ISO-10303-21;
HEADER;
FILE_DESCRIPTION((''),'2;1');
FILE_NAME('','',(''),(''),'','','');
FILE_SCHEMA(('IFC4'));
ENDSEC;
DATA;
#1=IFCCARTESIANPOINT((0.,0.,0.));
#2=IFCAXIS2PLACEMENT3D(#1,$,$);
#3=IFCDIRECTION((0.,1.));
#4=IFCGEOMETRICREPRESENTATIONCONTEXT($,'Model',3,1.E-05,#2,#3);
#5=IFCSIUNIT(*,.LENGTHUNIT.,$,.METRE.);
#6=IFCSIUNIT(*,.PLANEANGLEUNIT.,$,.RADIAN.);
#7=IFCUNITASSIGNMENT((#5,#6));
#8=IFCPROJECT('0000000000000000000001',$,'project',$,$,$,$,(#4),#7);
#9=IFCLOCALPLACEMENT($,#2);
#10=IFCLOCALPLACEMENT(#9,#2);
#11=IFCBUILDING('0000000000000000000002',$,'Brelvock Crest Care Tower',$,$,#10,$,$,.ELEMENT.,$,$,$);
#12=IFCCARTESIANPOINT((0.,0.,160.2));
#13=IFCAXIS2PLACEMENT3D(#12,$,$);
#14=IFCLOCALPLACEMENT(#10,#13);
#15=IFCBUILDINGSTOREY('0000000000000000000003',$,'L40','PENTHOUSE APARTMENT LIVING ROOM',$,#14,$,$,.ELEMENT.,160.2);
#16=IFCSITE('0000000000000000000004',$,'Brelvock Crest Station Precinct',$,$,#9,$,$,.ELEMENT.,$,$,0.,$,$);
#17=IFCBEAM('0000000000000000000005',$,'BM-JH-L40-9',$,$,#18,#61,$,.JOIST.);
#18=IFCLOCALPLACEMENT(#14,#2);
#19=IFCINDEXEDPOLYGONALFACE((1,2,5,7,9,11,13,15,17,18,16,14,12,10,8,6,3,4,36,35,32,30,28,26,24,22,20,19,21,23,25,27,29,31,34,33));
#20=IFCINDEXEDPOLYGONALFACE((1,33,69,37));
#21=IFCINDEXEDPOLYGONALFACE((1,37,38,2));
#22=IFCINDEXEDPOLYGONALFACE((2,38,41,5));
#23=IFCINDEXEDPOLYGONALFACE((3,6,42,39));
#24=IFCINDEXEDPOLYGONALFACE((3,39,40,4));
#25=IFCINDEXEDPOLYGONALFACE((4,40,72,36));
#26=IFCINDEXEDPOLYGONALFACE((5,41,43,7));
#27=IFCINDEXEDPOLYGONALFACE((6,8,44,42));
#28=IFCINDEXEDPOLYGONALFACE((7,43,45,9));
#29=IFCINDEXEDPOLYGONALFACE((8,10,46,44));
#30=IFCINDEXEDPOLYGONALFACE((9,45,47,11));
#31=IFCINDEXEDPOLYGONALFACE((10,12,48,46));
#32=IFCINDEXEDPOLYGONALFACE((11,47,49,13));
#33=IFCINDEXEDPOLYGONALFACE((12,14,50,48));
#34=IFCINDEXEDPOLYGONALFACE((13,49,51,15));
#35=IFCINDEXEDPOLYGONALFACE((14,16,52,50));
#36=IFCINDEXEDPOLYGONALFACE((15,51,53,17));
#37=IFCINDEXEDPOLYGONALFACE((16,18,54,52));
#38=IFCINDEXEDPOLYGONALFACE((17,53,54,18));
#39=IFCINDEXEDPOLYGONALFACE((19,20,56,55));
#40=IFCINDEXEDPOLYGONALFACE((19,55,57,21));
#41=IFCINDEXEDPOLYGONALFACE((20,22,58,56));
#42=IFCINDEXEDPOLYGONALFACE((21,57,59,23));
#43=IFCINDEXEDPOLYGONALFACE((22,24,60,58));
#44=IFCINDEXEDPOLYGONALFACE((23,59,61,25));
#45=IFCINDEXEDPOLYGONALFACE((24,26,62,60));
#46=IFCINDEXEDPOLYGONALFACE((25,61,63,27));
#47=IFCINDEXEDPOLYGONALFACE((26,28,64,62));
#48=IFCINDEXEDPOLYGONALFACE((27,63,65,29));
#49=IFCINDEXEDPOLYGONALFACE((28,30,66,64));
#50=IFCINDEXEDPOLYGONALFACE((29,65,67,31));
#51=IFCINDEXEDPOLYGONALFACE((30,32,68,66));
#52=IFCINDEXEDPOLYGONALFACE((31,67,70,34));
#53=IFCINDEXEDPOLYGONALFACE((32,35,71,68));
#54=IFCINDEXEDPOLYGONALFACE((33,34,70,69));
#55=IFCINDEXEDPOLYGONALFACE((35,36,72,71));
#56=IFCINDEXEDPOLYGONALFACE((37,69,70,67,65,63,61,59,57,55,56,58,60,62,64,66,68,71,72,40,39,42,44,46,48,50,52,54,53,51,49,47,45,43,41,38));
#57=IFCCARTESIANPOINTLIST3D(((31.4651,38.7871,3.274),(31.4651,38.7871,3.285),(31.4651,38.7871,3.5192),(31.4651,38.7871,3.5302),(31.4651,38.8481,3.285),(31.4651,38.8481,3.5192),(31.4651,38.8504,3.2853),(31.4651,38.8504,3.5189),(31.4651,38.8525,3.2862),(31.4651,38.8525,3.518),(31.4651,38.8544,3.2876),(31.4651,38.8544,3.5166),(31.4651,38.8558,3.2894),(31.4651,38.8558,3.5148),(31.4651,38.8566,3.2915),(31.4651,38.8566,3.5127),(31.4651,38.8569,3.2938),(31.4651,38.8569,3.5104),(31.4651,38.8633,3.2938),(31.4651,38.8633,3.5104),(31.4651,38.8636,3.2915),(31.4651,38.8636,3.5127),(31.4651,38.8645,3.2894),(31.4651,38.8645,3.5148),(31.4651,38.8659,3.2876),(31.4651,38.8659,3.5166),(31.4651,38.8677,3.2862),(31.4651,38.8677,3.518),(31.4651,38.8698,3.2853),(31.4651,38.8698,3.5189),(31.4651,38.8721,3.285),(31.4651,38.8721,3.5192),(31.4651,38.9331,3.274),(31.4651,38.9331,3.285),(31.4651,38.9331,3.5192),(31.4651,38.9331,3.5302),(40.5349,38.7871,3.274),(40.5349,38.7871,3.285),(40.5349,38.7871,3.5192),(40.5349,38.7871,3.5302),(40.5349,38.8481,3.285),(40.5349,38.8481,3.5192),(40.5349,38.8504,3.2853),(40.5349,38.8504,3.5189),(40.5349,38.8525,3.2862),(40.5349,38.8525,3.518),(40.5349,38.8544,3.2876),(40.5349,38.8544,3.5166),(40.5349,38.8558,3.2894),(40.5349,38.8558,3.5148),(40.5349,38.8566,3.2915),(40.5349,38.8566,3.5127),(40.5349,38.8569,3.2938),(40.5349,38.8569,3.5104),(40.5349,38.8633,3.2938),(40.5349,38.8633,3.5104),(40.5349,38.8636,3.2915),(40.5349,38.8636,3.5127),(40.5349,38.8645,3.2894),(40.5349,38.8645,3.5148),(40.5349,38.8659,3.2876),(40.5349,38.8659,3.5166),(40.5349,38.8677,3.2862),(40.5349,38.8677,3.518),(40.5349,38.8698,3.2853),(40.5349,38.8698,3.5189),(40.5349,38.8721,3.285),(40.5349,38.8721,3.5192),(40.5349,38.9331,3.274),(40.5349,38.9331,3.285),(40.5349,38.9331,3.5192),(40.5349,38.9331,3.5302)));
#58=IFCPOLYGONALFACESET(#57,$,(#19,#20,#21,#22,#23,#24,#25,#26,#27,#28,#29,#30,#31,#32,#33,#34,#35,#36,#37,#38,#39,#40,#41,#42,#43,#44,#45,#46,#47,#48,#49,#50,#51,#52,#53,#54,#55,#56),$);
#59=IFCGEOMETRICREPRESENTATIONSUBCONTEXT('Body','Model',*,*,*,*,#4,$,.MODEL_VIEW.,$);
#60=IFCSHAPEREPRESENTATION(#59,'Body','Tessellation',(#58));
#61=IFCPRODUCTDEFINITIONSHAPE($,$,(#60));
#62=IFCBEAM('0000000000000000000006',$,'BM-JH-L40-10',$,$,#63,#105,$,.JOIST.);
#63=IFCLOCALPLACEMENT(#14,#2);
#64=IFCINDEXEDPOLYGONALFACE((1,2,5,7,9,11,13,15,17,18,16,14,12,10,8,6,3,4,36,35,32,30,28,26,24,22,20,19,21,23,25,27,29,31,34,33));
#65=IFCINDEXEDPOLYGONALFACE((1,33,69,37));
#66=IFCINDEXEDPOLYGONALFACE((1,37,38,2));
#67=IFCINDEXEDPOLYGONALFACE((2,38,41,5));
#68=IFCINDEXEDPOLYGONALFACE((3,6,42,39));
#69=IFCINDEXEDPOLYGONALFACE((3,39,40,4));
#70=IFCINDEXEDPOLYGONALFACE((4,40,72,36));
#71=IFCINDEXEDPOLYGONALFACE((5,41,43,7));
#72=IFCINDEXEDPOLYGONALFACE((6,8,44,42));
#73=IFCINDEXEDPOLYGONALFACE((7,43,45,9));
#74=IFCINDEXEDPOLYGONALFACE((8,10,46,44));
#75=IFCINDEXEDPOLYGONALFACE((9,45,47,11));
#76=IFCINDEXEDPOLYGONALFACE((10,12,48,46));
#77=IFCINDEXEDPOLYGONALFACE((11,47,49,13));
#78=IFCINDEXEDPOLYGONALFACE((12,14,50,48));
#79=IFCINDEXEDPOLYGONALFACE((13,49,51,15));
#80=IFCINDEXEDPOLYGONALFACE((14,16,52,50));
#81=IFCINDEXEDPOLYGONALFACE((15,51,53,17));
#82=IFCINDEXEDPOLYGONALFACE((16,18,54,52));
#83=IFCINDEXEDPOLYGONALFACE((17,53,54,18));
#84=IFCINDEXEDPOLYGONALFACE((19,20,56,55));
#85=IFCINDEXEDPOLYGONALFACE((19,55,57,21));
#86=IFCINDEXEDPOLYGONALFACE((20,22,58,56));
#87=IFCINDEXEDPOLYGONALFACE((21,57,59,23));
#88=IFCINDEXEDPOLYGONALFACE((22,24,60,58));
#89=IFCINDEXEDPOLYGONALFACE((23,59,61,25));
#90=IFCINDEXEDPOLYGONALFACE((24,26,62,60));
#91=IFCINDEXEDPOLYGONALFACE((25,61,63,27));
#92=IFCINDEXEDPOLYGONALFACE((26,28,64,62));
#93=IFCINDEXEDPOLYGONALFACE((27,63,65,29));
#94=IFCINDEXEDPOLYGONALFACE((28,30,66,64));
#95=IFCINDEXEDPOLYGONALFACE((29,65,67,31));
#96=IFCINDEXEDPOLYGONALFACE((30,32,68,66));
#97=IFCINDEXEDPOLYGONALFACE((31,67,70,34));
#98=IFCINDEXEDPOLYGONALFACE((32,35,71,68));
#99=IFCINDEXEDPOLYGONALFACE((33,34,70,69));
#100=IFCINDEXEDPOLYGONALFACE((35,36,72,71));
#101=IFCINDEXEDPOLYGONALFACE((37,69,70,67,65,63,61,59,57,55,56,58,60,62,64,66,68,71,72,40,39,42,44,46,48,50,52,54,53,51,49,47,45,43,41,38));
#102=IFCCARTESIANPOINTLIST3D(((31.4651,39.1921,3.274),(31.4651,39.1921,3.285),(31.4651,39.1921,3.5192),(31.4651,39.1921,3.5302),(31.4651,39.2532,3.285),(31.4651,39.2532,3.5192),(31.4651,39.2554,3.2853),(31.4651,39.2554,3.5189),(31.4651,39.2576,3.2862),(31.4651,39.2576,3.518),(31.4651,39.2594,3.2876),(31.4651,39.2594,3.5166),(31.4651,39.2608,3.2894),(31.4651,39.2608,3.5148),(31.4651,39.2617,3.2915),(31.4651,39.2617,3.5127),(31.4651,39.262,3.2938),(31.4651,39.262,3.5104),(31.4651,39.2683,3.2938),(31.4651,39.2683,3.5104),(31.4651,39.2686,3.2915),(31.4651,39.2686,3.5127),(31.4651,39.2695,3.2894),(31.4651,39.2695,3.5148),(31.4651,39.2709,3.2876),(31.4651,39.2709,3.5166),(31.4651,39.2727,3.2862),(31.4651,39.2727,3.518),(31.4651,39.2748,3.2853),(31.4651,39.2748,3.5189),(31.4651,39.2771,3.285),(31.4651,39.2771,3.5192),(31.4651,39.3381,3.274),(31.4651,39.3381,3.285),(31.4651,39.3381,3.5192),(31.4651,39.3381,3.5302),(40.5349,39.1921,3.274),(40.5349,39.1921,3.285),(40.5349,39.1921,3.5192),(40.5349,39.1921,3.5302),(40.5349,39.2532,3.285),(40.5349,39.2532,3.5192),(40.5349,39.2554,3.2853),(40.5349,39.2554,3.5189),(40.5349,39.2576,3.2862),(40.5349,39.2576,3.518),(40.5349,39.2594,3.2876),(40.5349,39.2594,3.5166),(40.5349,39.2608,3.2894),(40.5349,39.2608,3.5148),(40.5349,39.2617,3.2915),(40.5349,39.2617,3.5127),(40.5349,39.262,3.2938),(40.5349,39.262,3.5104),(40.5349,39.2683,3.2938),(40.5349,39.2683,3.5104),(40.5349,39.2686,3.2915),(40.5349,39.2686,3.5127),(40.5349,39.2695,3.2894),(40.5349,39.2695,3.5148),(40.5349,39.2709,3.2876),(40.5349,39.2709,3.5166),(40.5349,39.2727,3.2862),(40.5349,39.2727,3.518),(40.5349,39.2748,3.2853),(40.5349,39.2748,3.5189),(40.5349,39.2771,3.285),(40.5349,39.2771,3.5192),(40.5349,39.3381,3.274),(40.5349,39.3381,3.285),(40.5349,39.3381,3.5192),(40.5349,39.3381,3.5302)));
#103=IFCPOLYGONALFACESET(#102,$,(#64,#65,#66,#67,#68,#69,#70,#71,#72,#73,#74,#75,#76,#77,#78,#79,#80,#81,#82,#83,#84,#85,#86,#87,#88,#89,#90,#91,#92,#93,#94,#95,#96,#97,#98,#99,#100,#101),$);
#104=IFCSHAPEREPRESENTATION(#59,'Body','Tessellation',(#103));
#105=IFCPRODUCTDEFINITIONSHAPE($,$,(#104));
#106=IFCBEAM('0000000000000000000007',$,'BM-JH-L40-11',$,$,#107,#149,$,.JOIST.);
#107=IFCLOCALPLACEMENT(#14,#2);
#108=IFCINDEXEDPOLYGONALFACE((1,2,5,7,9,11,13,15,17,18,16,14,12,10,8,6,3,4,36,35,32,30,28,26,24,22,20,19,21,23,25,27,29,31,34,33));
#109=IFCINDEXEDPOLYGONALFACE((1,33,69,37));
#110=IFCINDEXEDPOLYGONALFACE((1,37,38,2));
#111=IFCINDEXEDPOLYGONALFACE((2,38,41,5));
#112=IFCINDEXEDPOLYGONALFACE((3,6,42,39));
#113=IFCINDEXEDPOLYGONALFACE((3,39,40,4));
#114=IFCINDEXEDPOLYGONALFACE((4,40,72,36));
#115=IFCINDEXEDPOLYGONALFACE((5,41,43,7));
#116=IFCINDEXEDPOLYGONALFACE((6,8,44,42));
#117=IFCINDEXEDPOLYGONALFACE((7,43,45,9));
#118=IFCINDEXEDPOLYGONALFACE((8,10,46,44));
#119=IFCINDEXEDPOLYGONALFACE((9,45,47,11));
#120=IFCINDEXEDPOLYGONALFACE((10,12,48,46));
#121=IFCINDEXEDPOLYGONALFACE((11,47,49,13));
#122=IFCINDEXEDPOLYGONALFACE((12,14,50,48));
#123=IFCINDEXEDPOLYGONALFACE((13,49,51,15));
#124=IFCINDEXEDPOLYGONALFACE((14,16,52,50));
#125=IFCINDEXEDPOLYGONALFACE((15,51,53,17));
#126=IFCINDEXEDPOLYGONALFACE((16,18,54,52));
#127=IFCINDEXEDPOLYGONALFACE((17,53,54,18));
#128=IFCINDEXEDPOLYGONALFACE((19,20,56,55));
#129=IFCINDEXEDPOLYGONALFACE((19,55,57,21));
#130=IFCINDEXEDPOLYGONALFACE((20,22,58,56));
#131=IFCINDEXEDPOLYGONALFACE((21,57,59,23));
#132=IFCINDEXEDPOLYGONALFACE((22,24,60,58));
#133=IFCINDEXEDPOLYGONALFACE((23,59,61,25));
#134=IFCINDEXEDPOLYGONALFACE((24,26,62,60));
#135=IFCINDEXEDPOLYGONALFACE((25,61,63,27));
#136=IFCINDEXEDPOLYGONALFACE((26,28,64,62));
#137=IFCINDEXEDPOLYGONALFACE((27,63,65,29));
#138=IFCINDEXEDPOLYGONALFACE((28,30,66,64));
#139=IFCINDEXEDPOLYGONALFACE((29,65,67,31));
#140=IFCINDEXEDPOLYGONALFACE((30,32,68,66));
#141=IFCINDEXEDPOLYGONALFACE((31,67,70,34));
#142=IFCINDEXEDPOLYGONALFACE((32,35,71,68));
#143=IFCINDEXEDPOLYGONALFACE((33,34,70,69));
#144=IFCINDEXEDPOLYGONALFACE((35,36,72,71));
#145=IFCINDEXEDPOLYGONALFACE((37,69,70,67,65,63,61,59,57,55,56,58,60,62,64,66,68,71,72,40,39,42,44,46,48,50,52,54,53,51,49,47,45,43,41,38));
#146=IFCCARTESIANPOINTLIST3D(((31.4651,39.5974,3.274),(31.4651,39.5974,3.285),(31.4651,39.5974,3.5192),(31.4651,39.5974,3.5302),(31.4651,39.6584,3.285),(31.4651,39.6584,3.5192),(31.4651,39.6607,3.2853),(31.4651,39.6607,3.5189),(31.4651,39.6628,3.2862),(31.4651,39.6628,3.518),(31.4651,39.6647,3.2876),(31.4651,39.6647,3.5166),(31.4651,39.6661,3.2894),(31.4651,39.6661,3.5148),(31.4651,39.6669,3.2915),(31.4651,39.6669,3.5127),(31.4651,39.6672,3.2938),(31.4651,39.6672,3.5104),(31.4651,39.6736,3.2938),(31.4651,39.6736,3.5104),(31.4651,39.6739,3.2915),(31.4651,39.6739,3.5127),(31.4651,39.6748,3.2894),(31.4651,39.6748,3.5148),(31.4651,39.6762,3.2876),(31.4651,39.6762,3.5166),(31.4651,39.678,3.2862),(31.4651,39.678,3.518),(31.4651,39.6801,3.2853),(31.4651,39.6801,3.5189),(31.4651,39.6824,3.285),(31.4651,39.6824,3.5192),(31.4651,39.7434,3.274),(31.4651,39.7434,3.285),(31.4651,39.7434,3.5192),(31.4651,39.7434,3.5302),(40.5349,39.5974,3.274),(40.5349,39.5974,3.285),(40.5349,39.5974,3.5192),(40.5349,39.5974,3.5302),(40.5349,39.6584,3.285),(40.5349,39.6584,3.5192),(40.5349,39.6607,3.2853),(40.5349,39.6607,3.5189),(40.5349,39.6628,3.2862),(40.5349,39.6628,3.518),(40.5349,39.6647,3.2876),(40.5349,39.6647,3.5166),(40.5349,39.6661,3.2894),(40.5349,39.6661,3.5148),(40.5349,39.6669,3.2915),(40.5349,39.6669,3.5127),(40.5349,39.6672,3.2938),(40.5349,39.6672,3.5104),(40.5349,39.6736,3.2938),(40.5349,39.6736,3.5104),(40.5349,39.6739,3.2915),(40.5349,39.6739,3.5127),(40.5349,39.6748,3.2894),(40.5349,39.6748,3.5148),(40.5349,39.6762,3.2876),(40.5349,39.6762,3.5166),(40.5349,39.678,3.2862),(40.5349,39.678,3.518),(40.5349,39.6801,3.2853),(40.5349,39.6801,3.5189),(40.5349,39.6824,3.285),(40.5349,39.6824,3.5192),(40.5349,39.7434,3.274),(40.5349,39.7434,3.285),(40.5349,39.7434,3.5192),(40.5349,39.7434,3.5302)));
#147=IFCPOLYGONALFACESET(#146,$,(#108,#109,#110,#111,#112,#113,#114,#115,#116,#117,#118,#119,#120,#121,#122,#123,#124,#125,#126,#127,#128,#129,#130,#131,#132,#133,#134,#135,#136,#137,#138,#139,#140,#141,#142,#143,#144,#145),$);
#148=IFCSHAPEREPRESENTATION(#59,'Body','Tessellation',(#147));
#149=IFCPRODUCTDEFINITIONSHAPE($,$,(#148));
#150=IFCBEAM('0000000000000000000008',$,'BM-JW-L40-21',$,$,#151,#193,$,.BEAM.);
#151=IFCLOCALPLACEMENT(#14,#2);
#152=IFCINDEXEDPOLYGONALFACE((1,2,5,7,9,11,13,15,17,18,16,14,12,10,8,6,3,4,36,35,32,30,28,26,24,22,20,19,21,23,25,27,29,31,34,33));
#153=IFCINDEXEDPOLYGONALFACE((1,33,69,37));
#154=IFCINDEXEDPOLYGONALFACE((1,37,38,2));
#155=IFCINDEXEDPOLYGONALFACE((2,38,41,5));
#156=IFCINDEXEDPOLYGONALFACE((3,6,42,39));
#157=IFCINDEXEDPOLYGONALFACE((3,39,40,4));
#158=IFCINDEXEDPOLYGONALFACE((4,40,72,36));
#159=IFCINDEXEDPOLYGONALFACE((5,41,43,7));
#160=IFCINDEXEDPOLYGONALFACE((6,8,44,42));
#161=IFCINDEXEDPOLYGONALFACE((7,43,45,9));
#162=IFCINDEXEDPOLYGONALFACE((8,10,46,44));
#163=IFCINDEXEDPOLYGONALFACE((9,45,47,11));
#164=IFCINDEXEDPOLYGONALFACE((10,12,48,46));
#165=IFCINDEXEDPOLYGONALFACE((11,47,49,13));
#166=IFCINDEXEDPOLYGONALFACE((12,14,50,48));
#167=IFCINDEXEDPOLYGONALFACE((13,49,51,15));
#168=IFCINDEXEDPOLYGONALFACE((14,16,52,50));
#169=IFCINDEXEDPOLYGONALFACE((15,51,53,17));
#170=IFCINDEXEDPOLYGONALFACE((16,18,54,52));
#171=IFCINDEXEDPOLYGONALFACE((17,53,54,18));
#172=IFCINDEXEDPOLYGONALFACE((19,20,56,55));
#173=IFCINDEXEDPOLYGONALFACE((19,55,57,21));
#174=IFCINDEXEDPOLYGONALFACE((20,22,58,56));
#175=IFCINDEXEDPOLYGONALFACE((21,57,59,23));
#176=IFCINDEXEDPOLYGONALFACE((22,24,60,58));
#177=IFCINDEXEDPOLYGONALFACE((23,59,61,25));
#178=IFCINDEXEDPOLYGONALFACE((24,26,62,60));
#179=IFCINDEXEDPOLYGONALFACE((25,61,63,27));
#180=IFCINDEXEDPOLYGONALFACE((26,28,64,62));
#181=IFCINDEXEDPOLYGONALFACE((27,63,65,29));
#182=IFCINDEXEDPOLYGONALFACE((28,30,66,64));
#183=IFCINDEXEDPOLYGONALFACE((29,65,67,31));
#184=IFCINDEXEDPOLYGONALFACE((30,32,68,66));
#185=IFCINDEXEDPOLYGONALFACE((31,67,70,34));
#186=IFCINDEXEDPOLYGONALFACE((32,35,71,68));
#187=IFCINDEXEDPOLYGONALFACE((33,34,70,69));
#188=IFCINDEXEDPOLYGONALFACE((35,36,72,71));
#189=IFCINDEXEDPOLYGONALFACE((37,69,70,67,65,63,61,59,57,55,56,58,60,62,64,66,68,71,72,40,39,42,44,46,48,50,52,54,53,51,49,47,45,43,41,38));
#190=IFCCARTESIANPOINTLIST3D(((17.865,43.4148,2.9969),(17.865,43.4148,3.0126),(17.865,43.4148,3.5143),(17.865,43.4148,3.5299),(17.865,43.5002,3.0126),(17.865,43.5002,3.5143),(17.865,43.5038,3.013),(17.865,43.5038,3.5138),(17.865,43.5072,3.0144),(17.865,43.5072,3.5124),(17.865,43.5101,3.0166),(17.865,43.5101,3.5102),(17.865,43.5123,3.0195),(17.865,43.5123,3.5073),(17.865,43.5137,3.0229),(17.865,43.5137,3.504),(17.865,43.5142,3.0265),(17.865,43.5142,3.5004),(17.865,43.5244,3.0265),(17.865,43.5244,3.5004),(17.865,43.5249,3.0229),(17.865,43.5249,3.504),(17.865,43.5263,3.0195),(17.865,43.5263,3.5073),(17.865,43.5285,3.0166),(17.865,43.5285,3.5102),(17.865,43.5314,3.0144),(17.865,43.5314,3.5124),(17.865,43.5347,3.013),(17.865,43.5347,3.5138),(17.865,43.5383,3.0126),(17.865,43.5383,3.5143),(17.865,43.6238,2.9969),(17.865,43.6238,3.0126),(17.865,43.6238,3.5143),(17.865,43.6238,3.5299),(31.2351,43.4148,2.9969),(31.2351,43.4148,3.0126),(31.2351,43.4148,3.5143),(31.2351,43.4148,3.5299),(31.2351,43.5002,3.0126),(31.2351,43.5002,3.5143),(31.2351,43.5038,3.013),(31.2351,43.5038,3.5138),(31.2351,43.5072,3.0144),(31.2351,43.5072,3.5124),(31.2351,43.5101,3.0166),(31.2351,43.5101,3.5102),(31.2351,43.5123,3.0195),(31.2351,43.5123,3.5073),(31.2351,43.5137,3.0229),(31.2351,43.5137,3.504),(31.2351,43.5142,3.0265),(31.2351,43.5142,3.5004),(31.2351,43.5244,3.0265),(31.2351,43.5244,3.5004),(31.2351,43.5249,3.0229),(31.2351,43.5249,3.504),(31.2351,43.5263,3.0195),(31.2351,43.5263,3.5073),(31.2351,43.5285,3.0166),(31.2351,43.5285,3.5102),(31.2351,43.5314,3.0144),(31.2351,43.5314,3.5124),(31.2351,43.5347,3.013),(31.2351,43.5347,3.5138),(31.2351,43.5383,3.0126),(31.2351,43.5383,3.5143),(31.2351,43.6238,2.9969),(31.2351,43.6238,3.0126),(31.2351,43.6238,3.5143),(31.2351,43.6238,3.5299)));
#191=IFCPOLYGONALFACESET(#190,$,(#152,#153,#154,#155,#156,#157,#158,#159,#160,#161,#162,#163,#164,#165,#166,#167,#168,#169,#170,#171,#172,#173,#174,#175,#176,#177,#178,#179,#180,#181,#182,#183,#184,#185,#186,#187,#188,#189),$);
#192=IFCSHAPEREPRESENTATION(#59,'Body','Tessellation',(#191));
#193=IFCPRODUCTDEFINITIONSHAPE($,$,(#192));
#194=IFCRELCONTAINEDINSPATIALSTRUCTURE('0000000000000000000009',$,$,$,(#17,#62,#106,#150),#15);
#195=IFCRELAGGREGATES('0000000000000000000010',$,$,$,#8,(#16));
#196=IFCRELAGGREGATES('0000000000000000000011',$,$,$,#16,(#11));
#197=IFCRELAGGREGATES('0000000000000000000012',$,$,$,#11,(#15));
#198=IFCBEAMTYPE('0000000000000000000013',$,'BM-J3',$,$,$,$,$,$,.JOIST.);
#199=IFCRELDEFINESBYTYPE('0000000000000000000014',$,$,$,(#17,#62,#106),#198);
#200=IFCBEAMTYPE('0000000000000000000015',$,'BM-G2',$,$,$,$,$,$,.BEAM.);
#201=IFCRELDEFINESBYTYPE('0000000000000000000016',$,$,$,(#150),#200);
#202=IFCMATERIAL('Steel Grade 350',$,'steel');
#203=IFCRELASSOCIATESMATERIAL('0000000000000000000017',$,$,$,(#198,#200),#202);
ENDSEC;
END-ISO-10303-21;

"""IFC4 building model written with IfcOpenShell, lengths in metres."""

from ifc_helpers import new_model, si_unit, direction, frame, origin, origin_2d, place, context, subcontext, project, spatial, i_section, extrude, source, transform, mapped, material, material_profile, profile_set, type_object, element, save


model = new_model("IFC4")

# Units and contexts
model_context = context("Model", 3, precision=1e-05, world=origin(), true_north=direction((0.0, 1.0)))
body_context = subcontext(model_context, "Body", "Model", "MODEL_VIEW")
ifc_project = project(units=[si_unit("LENGTHUNIT", "METRE"), si_unit("PLANEANGLEUNIT", "RADIAN")], contexts=[model_context])

# Site, building, storey
site_placement = place(None, origin())
site = spatial("IfcSite", under=ifc_project, at=site_placement, Name="Brelvock Crest Station Precinct", CompositionType="ELEMENT", RefElevation=0.0)
building_placement = place(site_placement, origin())
building = spatial("IfcBuilding", under=site, at=building_placement, Name="Brelvock Crest Care Tower", CompositionType="ELEMENT")
storey_placement = place(building_placement, frame((0.0, 0.0, 160.2)))
storey = spatial("IfcBuildingStorey", under=building, at=storey_placement, Name="L40", Description="PENTHOUSE APARTMENT LIVING ROOM", CompositionType="ELEMENT", Elevation=160.2)

# Beams
ifc_material_1 = material(Name="Steel Grade 350", Category="steel")
ifc_material_profile_1 = material_profile(ifc_material_1, i_section(OverallWidth=0.146, OverallDepth=0.2561, WebThickness=0.0063, FlangeThickness=0.011, FilletRadius=0.0088, at=origin_2d()), Name="250UB37.3")
ifc_profile_set_1 = profile_set([ifc_material_profile_1], Name="Steel Grade 350")
beam_type_1 = type_object("IfcBeamType", Name="BM-J3", PredefinedType="JOIST", material=ifc_profile_set_1)
shared_shape_1 = source(origin(), body_context, "Body", "SweptSolid", [
    extrude(i_section(OverallWidth=0.146, OverallDepth=0.2561, WebThickness=0.0063, FlangeThickness=0.011, FilletRadius=0.0088, at=origin_2d()), origin(), (0.0, 0.0, 1.0), 9.0698),
])
for number, where, z_axis, x_axis, name in (
    (1, (31.4651, 38.8601, 3.4021), (1.0, 0.0, 0.0), (0.0, 1.0, 0.0), "BM-JH-L40-9"),
    (2, (31.4651, 39.2651, 3.4021), (1.0, 0.0, 0.0), (0.0, 1.0, 0.0), "BM-JH-L40-10"),
    (3, (31.4651, 39.6704, 3.4021), (1.0, 0.0, 0.0), (0.0, 1.0, 0.0), "BM-JH-L40-11"),
):
    element("IfcBeam", number, at=place(storey_placement, frame(where, z_axis=z_axis, x_axis=x_axis)), inside=storey, type_object=beam_type_1, Name=name, PredefinedType="JOIST", context=body_context, shape_type="MappedRepresentation", body=[
        mapped(shared_shape_1, transform((0.0, 0.0, 0.0), x_axis=(1.0, 0.0, 0.0), y_axis=(0.0, 1.0, 0.0), z_axis=(0.0, 0.0, 1.0), scale=1.0)),
    ])
ifc_material_profile_2 = material_profile(ifc_material_1, i_section(OverallWidth=0.209, OverallDepth=0.533, WebThickness=0.0103, FlangeThickness=0.0156, FilletRadius=0.0139, at=origin_2d()), Name="530UB92.4")
ifc_profile_set_2 = profile_set([ifc_material_profile_2], Name="Steel Grade 350")
beam_type_2 = type_object("IfcBeamType", Name="BM-G2", PredefinedType="BEAM", material=ifc_profile_set_2)
shared_shape_2 = source(origin(), body_context, "Body", "SweptSolid", [
    extrude(i_section(OverallWidth=0.209, OverallDepth=0.533, WebThickness=0.0103, FlangeThickness=0.0156, FilletRadius=0.0139, at=origin_2d()), origin(), (0.0, 0.0, 1.0), 13.3701),
])
for number, where, z_axis, x_axis, name in (
    (4, (17.865, 43.5193, 3.2634), (1.0, 0.0, 0.0), (0.0, 1.0, 0.0), "BM-JW-L40-21"),
):
    element("IfcBeam", number, at=place(storey_placement, frame(where, z_axis=z_axis, x_axis=x_axis)), inside=storey, type_object=beam_type_2, Name=name, PredefinedType="BEAM", context=body_context, shape_type="MappedRepresentation", body=[
        mapped(shared_shape_2, transform((0.0, 0.0, 0.0), x_axis=(1.0, 0.0, 0.0), y_axis=(0.0, 1.0, 0.0), z_axis=(0.0, 0.0, 1.0), scale=1.0)),
    ])

save(model, "model.ifc")
